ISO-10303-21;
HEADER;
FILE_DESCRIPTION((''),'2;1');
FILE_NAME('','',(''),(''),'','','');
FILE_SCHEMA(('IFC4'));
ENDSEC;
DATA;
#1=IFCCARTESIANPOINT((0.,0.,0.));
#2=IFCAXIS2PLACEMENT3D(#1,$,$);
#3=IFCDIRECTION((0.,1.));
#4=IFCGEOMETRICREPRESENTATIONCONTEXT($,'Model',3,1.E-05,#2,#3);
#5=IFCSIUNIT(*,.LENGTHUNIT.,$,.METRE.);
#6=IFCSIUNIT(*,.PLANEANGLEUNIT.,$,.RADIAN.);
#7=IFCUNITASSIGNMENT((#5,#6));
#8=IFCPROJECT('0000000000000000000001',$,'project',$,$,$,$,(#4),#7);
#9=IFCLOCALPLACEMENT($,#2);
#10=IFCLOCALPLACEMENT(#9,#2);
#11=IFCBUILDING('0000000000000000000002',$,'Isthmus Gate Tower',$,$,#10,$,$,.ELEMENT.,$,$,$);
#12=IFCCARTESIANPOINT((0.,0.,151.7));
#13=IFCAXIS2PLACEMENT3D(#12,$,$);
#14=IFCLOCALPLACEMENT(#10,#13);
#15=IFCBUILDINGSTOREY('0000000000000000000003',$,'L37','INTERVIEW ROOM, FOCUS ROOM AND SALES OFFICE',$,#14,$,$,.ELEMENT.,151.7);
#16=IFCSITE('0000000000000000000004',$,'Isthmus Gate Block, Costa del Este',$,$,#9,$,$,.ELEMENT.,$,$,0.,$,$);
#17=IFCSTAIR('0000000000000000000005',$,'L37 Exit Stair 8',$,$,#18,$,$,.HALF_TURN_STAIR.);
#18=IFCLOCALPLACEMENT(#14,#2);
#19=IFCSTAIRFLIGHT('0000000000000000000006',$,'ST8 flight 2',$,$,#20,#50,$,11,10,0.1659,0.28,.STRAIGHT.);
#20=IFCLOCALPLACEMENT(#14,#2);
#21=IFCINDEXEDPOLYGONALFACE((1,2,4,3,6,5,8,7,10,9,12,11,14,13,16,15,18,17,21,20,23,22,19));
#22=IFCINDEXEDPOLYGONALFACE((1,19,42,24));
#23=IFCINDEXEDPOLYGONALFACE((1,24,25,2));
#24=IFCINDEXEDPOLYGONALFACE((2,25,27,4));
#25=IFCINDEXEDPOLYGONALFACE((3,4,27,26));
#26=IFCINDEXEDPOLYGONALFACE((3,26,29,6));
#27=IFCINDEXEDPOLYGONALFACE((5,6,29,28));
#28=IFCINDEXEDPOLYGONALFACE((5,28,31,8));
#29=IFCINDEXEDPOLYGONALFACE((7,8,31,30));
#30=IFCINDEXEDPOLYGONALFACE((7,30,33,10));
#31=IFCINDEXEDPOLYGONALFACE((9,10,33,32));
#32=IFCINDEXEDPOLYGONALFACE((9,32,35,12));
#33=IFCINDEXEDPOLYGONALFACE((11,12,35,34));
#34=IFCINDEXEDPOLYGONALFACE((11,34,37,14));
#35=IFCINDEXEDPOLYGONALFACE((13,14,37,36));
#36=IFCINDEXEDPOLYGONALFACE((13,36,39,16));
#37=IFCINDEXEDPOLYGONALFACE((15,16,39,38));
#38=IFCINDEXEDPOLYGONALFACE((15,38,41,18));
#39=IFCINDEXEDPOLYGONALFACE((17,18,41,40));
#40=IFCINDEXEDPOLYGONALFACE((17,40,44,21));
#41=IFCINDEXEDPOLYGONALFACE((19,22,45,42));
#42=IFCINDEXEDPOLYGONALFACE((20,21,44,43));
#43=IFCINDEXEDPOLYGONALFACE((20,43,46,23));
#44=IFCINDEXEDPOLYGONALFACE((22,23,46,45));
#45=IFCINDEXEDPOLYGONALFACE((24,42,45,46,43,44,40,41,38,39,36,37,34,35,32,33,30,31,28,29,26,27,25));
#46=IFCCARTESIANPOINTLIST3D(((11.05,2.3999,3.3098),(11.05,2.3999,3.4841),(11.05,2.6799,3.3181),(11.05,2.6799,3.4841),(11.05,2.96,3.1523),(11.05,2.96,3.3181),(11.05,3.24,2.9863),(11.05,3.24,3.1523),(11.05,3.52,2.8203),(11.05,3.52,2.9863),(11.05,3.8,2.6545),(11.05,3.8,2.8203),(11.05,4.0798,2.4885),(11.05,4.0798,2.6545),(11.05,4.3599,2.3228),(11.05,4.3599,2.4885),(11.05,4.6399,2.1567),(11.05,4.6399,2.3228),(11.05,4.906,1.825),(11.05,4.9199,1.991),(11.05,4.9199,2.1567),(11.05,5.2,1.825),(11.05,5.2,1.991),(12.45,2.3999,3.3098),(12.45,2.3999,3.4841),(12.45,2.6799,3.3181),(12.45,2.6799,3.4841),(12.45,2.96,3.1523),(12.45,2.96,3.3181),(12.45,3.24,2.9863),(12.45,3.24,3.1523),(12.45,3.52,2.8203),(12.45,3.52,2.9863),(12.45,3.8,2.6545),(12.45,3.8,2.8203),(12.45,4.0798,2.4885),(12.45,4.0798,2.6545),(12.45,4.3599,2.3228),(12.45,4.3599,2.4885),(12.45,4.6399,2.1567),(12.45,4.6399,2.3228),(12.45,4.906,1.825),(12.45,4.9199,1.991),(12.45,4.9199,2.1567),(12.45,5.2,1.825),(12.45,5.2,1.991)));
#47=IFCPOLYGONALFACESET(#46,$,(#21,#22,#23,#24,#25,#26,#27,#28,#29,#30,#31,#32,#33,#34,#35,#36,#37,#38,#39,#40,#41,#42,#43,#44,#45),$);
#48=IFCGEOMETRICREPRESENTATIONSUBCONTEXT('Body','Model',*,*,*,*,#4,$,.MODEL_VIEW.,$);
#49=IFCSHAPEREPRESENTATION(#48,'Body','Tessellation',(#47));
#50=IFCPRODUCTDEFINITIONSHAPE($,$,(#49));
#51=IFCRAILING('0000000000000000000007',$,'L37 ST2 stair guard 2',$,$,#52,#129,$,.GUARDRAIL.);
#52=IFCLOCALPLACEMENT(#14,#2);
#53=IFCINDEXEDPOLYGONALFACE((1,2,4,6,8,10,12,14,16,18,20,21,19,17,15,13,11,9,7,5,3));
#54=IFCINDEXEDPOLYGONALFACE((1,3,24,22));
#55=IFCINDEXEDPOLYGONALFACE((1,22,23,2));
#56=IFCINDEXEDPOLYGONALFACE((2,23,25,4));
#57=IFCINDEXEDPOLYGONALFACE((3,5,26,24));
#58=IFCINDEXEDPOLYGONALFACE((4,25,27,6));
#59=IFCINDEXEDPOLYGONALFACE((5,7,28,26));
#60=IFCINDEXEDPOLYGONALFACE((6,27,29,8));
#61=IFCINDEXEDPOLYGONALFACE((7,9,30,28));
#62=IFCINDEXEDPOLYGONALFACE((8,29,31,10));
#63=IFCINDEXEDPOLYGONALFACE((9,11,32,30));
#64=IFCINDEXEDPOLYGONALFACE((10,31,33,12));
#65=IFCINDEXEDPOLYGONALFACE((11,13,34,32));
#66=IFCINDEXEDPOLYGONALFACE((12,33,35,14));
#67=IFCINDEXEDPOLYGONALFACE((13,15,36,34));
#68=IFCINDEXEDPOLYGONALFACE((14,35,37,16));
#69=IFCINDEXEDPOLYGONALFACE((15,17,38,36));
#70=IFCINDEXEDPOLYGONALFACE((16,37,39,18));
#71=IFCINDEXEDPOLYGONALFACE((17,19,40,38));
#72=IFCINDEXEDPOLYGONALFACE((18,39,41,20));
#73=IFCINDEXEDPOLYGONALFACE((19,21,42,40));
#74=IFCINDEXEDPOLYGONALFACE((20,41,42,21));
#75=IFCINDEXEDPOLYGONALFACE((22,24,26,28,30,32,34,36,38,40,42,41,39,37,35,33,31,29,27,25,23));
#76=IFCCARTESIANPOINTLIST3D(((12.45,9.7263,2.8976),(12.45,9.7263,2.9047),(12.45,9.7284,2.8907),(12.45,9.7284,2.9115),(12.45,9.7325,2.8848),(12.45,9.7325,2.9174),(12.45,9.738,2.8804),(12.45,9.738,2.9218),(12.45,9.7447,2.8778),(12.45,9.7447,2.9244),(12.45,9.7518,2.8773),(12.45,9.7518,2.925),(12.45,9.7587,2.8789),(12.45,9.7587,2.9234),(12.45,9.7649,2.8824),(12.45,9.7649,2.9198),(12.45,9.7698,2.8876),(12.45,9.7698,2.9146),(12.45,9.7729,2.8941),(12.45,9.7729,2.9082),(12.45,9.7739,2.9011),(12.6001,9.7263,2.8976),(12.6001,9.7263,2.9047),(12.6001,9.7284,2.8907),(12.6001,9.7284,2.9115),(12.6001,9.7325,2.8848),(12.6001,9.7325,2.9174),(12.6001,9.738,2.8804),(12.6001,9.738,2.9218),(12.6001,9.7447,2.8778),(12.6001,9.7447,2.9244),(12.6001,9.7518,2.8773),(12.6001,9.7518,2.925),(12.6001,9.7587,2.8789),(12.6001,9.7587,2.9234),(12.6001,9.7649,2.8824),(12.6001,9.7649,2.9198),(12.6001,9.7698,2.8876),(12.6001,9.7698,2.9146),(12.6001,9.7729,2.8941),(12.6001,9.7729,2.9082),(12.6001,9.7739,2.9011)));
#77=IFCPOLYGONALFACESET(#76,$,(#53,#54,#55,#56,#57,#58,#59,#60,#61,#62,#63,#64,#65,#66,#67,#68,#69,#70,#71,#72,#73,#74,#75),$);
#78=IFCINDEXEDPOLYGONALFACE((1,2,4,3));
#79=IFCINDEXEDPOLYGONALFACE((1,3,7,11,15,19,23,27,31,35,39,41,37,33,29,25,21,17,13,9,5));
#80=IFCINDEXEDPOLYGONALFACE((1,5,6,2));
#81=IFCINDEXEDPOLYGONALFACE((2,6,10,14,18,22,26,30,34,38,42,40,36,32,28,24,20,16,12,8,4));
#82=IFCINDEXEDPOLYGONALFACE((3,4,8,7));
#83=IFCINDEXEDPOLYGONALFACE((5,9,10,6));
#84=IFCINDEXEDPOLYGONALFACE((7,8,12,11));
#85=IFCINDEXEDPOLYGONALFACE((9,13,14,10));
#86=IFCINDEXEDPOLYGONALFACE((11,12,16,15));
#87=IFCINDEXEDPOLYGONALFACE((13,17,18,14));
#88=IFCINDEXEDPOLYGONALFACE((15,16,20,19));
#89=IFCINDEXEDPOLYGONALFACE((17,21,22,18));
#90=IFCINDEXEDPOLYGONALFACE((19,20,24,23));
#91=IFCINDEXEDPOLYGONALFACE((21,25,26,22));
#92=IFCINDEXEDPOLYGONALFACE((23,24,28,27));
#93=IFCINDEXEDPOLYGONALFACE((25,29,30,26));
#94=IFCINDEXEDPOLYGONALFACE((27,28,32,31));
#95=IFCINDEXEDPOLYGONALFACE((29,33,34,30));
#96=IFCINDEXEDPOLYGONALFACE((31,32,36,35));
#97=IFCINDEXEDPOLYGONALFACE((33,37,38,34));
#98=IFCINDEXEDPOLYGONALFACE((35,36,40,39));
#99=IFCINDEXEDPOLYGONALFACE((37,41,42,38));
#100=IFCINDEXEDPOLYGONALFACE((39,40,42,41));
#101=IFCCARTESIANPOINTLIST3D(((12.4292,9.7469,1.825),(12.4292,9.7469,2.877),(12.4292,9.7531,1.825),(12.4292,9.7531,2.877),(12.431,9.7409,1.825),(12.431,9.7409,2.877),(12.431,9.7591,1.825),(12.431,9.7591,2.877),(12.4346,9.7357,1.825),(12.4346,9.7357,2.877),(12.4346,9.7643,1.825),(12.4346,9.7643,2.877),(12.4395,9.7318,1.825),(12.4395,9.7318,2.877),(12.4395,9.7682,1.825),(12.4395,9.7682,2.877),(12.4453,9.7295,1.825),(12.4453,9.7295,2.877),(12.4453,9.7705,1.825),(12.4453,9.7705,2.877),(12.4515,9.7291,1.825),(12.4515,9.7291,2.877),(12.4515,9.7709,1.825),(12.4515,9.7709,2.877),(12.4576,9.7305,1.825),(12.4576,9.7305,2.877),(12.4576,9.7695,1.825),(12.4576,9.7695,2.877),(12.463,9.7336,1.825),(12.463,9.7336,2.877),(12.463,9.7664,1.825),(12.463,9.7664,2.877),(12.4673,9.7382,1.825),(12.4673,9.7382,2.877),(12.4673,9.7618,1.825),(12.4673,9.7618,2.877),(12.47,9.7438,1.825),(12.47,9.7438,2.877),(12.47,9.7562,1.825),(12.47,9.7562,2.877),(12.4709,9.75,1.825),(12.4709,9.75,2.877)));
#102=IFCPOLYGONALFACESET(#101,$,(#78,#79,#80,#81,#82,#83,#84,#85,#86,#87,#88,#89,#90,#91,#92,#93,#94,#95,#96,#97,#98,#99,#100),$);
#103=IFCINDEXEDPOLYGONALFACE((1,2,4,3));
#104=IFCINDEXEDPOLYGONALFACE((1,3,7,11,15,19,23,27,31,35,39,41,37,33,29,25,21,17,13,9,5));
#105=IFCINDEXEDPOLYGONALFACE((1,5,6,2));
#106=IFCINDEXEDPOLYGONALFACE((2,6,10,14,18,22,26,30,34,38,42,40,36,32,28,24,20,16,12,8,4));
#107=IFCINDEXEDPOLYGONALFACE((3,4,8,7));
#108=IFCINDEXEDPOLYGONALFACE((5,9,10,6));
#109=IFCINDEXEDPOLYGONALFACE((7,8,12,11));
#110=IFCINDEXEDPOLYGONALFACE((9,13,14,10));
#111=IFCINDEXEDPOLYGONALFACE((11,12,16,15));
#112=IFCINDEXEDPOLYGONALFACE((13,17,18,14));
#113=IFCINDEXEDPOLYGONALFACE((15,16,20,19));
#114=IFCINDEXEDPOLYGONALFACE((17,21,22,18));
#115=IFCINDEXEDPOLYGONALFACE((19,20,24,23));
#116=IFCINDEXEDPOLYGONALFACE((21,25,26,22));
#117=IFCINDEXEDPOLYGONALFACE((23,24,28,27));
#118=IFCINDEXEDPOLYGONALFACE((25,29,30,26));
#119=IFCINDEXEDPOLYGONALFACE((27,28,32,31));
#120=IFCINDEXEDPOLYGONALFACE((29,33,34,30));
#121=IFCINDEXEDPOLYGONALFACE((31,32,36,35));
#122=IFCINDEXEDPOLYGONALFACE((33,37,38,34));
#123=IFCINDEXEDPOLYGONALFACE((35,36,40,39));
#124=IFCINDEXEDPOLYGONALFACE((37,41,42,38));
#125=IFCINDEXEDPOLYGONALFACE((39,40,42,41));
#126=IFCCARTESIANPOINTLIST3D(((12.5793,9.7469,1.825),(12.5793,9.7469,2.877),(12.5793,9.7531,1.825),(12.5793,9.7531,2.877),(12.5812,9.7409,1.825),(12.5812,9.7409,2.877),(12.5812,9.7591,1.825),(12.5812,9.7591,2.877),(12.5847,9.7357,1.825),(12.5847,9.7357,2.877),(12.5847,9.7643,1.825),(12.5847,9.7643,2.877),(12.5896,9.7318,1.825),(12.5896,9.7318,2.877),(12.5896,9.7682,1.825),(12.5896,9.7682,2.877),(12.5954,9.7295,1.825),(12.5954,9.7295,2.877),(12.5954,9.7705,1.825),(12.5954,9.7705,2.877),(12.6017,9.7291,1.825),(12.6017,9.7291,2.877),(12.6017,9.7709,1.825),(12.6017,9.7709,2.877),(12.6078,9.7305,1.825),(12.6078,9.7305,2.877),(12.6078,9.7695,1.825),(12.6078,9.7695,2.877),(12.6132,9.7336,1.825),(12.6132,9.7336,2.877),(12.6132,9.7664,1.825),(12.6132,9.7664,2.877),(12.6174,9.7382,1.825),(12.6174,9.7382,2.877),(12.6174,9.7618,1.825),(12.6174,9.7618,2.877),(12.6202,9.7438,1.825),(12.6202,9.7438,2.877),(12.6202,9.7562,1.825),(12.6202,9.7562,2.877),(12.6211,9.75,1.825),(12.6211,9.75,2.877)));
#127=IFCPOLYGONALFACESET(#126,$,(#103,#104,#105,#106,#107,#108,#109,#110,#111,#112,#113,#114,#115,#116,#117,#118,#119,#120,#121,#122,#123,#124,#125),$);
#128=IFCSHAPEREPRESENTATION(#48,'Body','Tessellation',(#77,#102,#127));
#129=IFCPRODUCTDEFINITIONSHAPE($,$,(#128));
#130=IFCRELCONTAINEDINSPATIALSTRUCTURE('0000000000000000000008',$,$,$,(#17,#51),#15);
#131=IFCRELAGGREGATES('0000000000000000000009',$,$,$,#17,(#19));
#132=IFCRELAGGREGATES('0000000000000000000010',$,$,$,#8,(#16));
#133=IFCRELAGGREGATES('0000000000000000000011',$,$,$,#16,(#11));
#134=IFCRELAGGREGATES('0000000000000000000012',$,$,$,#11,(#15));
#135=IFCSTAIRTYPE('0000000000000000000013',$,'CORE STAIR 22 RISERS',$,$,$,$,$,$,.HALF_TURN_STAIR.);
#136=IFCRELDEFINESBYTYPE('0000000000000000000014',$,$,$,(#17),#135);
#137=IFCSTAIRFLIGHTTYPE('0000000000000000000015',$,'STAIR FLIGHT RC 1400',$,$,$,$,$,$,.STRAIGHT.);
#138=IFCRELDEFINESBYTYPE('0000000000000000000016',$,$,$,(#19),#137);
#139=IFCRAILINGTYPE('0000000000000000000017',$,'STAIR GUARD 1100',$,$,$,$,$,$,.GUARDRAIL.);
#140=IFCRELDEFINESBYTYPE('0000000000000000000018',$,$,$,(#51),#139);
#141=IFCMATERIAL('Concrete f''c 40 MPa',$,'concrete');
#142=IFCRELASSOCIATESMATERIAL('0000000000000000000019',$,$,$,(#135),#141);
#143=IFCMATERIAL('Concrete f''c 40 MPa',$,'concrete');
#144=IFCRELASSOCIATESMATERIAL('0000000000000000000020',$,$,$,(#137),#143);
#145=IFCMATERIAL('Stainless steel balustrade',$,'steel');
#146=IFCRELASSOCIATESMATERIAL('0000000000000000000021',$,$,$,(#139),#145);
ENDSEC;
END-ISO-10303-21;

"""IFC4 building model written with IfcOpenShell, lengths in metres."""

from ifc_helpers import new_model, si_unit, direction, frame, origin, origin_2d, place, context, subcontext, project, spatial, polyline, circle, outline, extrude, material, type_object, element, aggregate, save


model = new_model("IFC4")

# Units and contexts
model_context = context("Model", 3, precision=1e-05, world=origin(), true_north=direction((0.0, 1.0)))
body_context = subcontext(model_context, "Body", "Model", "MODEL_VIEW")
ifc_project = project(units=[si_unit("LENGTHUNIT", "METRE"), si_unit("PLANEANGLEUNIT", "RADIAN")], contexts=[model_context])

# Site, building, storey
site_placement = place(None, origin())
site = spatial("IfcSite", under=ifc_project, at=site_placement, Name="Isthmus Gate Block, Costa del Este", CompositionType="ELEMENT", RefElevation=0.0)
building_placement = place(site_placement, origin())
building = spatial("IfcBuilding", under=site, at=building_placement, Name="Isthmus Gate Tower", CompositionType="ELEMENT")
storey_placement = place(building_placement, frame((0.0, 0.0, 151.7)))
storey = spatial("IfcBuildingStorey", under=building, at=storey_placement, Name="L37", Description="INTERVIEW ROOM, FOCUS ROOM AND SALES OFFICE", CompositionType="ELEMENT", Elevation=151.7)

# Stair, stair flight
ifc_material_1 = material(Name="Concrete f'c 40 MPa", Category="concrete")
stair_type = type_object("IfcStairType", Name="CORE STAIR 22 RISERS", PredefinedType="HALF_TURN_STAIR", material=ifc_material_1)
stair_placement = place(storey_placement, origin())
stair = element("IfcStair", 1, at=stair_placement, inside=storey, type_object=stair_type, Name="L37 Exit Stair 8", PredefinedType="HALF_TURN_STAIR")
ifc_material_2 = material(Name="Concrete f'c 40 MPa", Category="concrete")
stair_flight_type = type_object("IfcStairFlightType", Name="STAIR FLIGHT RC 1400", PredefinedType="STRAIGHT", material=ifc_material_2)
stair_flight_placement = place(storey_placement, frame((11.75, 5.2, 1.825), z_axis=(0.0, 0.0, 1.0), x_axis=(0.0, -1.0, 0.0)))
stair_flight = element("IfcStairFlight", 2, at=stair_flight_placement, type_object=stair_flight_type, Name="ST8 flight 2", NumberOfRisers=11, NumberOfTreads=10, PredefinedType="STRAIGHT", RiserHeight=0.1659, TreadLength=0.28, context=body_context, shape_type="SweptSolid", body=[
    extrude(outline(polyline([(0.0, 0.0), (0.0, 0.166), (0.28, 0.166), (0.28, 0.3318), (0.5601, 0.3318), (0.5601, 0.4978), (0.8401, 0.4978), (0.8401, 0.6636), (1.1201, 0.6636), (1.1201, 0.8296), (1.3999, 0.8296), (1.3999, 0.9954), (1.6799, 0.9954), (1.6799, 1.1614), (1.96, 1.1614), (1.96, 1.3274), (2.24, 1.3274), (2.24, 1.4932), (2.52, 1.4932), (2.52, 1.6592), (2.8, 1.6592), (2.8, 1.825), (2.8, 1.4849), (0.2939, 0.0), (0.0, 0.0)])), frame((0.0, 0.7, 0.0), z_axis=(0.0, -1.0, 0.0), x_axis=(1.0, 0.0, 0.0)), (0.0, 0.0, 1.0), 1.3999),
])
aggregate(stair, [stair_flight])

# Railing
ifc_material_3 = material(Name="Stainless steel balustrade", Category="steel")
railing_type_1 = type_object("IfcRailingType", Name="STAIR GUARD 1100", PredefinedType="GUARDRAIL", material=ifc_material_3)
railing_1_placement = place(storey_placement, frame((12.45, 9.75, 1.825)))
element("IfcRailing", 3, at=railing_1_placement, inside=storey, type_object=railing_type_1, Name="L37 ST2 stair guard 2", PredefinedType="GUARDRAIL", context=body_context, shape_type="SweptSolid", body=[
    extrude(circle(Radius=0.0239, at=origin_2d()), frame((0.0, 0.0, 1.0762), z_axis=(1.0, 0.0, 0.0), x_axis=(0.0, 1.0, 0.0)), (0.0, 0.0, 1.0), 0.1501),
    extrude(circle(Radius=0.021, at=origin_2d()), origin(), (0.0, 0.0, 1.0), 1.052),
    extrude(circle(Radius=0.021, at=origin_2d()), frame((0.1501, 0.0, 0.0)), (0.0, 0.0, 1.0), 1.052),
])

save(model, "model.ifc")
